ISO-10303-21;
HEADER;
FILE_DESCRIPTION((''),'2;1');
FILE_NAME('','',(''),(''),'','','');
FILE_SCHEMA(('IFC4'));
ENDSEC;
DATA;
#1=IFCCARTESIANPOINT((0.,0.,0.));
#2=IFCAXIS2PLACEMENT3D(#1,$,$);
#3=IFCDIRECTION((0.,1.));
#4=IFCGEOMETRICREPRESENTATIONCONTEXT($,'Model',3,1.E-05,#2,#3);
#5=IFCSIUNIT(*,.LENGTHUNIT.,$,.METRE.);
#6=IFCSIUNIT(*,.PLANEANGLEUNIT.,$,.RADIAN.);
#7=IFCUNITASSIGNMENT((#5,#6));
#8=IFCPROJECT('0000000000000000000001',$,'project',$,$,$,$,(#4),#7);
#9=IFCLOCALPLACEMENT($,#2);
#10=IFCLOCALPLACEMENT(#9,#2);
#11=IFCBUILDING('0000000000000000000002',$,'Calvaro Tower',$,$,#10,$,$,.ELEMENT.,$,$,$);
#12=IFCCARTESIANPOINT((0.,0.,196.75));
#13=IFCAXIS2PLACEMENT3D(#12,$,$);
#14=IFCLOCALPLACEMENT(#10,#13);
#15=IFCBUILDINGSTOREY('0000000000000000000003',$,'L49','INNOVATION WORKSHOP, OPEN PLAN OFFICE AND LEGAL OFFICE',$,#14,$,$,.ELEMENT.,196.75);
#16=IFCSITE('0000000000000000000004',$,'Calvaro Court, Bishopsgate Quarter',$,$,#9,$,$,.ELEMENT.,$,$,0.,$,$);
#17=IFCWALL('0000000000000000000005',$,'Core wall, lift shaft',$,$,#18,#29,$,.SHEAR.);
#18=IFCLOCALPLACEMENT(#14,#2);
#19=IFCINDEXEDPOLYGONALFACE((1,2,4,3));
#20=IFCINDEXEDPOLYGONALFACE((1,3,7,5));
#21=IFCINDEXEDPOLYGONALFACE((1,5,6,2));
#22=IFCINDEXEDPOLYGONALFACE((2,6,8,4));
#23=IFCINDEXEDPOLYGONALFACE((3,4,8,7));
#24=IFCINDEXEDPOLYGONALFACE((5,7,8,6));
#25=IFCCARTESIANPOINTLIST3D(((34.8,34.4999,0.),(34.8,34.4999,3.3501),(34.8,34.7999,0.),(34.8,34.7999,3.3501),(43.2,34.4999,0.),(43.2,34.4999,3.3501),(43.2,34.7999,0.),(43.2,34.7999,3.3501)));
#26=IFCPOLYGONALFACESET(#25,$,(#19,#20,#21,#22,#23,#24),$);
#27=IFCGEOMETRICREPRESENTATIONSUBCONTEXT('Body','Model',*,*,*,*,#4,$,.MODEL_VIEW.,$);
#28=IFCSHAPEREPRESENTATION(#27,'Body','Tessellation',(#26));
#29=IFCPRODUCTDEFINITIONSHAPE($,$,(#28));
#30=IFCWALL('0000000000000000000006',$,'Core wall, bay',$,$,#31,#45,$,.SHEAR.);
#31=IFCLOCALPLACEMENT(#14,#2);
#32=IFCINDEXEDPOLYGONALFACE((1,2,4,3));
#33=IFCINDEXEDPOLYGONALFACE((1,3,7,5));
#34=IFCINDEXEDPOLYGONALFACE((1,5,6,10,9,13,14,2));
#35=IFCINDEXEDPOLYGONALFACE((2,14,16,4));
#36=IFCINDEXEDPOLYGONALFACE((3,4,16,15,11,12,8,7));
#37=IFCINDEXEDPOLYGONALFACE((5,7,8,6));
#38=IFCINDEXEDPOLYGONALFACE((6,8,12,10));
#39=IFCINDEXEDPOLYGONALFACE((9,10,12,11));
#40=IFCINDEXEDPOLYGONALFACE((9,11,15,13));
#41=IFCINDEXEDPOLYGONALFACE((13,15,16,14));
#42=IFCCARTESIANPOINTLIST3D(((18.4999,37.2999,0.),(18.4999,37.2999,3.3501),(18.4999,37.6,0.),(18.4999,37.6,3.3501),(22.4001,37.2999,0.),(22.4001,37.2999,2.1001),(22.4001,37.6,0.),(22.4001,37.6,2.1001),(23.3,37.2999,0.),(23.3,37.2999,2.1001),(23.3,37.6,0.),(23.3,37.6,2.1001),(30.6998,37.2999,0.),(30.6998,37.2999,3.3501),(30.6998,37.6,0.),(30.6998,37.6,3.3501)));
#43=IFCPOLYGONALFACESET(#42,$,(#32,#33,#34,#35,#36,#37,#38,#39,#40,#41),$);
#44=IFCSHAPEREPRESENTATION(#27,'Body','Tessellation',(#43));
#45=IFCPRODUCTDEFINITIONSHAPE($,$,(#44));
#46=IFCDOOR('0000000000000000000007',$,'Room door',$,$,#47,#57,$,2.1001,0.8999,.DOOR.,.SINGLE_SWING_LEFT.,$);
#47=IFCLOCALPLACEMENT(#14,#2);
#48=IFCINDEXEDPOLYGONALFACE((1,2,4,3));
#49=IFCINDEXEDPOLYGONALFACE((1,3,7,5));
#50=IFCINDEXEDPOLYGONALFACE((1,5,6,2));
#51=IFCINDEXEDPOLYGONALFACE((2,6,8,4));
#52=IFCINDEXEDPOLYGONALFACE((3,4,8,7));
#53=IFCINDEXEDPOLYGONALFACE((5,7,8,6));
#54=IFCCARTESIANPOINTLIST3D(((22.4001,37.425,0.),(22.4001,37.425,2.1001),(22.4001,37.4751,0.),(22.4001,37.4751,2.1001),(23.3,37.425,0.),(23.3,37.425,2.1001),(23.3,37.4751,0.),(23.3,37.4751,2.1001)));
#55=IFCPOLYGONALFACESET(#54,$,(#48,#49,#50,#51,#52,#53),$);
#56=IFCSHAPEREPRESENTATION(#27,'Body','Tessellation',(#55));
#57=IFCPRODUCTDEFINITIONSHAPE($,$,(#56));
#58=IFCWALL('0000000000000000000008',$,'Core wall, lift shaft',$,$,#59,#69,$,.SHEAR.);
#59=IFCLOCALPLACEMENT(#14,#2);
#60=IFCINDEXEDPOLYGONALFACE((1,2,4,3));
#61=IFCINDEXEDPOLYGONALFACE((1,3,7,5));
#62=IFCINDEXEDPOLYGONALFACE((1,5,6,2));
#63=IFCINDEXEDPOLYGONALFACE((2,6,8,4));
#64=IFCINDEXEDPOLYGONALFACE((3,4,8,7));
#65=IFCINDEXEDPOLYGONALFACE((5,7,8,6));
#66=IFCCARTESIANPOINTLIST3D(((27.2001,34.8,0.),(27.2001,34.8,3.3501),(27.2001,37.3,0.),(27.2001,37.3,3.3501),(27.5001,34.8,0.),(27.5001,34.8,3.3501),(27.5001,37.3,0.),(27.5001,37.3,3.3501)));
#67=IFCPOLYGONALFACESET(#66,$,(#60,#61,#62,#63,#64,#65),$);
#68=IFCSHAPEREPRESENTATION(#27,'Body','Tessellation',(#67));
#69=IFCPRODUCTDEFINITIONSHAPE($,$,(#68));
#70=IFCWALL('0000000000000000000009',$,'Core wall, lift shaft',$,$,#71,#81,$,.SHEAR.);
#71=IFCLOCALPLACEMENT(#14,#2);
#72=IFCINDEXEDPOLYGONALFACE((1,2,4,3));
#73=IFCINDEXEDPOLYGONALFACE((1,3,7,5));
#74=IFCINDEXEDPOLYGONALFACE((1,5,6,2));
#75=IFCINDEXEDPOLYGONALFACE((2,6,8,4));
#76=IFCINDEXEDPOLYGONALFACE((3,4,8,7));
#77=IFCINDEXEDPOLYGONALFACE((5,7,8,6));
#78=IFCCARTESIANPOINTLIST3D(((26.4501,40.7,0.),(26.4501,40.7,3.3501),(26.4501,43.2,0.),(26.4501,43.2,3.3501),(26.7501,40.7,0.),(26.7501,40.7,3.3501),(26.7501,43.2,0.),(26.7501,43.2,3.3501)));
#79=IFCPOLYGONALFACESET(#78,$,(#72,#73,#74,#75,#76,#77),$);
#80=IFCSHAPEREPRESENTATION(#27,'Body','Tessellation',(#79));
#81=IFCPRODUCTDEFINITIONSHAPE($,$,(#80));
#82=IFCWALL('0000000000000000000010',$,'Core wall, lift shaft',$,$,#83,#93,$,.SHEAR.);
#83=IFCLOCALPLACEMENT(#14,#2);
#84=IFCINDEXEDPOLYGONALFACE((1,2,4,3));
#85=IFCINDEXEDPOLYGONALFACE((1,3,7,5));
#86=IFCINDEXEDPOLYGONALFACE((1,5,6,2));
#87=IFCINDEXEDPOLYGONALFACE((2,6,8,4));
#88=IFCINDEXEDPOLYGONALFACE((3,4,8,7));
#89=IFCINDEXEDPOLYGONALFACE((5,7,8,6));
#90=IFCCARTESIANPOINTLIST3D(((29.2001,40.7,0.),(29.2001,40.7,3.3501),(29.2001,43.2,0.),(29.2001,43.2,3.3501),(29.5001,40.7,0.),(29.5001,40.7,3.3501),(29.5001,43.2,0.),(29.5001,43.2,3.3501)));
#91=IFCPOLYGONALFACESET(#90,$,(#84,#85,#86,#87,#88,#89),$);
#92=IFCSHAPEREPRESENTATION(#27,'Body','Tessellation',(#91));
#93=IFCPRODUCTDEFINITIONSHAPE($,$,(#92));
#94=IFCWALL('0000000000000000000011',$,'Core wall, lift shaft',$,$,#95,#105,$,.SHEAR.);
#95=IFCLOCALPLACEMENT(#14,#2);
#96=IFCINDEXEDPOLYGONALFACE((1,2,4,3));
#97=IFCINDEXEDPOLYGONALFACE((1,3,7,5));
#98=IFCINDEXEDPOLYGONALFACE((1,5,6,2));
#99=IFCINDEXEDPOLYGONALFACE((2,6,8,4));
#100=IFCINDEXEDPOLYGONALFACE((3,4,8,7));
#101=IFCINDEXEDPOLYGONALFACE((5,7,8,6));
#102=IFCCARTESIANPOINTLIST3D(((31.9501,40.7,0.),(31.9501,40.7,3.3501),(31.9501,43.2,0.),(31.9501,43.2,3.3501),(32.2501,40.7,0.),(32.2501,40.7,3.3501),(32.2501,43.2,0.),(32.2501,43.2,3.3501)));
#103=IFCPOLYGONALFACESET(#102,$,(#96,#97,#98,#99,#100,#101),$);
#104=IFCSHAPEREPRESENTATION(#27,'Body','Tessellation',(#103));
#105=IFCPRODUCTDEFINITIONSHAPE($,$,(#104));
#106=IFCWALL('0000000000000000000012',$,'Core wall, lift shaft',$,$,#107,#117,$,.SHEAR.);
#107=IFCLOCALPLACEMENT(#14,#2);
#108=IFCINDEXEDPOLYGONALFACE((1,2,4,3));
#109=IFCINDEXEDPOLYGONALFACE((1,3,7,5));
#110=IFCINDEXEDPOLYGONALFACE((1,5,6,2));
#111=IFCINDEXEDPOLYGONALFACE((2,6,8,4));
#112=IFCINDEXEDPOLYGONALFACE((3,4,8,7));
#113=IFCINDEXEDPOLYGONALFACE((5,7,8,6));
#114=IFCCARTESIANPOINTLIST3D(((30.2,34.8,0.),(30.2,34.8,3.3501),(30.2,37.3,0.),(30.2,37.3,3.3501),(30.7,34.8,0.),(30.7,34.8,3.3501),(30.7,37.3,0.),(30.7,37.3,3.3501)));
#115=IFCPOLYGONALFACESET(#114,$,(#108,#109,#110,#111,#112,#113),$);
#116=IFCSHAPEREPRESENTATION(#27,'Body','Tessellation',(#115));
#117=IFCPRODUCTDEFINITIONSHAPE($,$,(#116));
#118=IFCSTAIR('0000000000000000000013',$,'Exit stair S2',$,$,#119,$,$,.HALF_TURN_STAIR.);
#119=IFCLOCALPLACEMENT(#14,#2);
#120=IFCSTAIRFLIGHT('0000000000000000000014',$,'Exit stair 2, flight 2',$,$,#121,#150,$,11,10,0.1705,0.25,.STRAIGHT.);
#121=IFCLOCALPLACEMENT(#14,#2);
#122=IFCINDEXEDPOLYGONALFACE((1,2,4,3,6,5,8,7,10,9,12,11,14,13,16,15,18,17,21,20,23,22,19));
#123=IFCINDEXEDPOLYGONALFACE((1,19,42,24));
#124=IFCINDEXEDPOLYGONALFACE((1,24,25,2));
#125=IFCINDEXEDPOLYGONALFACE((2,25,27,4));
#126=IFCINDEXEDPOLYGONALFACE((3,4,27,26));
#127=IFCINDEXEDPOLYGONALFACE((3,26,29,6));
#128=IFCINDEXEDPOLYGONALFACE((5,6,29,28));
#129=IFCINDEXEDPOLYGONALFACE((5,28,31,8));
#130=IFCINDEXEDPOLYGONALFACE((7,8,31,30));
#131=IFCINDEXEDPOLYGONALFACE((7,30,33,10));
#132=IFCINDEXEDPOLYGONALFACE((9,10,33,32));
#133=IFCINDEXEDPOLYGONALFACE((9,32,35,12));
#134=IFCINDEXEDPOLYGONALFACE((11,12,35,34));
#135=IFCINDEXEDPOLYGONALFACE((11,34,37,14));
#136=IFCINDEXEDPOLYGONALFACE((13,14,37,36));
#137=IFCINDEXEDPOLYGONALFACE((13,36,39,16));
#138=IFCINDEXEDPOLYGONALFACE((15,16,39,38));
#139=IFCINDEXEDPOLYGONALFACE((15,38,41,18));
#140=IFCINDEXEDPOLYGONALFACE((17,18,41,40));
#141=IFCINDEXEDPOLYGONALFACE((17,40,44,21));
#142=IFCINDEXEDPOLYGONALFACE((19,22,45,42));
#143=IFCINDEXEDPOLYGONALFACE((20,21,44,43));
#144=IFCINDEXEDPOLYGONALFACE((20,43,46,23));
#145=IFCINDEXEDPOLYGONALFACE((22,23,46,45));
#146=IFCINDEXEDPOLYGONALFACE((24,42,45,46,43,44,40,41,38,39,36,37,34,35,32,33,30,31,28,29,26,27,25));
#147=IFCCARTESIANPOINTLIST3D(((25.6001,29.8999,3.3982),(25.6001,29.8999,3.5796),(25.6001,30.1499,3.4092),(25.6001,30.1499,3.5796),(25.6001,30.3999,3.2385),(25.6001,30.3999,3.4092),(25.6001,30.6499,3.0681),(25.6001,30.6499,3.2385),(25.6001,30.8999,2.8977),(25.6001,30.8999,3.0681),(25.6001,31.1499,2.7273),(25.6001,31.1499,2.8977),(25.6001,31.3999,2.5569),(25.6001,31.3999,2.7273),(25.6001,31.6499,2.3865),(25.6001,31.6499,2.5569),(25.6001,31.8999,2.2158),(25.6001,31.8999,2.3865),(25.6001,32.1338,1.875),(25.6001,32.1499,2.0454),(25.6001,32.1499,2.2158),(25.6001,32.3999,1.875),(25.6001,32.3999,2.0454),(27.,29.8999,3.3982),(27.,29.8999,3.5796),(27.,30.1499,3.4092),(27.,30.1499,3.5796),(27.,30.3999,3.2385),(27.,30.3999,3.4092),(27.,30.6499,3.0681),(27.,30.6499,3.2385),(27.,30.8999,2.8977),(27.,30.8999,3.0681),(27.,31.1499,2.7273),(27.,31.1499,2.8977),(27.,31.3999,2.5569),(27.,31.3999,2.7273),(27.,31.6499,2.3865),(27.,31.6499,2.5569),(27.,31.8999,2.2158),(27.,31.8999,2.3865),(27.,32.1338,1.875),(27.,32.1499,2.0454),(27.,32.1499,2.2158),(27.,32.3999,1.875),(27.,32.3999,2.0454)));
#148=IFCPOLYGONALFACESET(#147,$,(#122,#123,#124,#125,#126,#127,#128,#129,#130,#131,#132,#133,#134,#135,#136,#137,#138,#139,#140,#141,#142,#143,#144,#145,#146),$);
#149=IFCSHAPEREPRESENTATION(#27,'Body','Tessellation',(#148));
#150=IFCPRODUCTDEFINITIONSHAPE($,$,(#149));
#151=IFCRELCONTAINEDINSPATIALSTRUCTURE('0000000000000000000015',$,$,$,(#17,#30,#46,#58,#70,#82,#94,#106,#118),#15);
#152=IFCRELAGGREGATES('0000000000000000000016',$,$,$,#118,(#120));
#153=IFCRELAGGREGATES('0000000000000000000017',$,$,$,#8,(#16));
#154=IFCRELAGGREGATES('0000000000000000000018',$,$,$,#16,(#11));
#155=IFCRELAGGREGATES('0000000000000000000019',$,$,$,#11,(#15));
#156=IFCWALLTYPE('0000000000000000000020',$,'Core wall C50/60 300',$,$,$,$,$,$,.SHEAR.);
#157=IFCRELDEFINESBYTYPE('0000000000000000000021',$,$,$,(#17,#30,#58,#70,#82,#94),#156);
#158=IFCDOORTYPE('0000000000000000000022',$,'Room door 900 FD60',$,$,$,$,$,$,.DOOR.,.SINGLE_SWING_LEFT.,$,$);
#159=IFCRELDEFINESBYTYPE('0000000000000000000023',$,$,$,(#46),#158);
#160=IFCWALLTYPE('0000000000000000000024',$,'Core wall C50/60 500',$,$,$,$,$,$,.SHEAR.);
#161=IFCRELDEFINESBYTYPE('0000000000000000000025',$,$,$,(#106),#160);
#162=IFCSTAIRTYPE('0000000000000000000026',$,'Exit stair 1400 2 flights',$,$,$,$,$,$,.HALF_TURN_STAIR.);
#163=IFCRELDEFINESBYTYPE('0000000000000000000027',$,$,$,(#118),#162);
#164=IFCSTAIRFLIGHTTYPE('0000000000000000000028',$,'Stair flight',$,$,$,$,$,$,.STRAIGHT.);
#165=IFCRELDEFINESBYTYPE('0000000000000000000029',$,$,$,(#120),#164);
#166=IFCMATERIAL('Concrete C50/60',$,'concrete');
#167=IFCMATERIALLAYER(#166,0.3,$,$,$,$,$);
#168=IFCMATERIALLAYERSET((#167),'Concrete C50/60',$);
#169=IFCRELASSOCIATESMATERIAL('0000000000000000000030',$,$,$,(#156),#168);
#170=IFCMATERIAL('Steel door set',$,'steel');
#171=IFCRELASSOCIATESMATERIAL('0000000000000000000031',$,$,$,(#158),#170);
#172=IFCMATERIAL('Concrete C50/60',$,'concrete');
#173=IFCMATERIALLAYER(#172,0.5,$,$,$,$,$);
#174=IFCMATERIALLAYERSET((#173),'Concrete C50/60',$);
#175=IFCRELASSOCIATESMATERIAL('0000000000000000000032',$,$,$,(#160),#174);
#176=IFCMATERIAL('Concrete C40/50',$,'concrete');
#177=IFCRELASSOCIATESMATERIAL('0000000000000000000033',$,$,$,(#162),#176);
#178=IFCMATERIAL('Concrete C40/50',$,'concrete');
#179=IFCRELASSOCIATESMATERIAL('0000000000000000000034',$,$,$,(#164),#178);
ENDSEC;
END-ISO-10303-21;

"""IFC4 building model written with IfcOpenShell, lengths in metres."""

from ifc_helpers import new_model, si_unit, direction, frame, frame_2d, origin, place, context, subcontext, project, spatial, polyline, rectangle, outline, extrude, material, layer, layer_set, type_object, element, fill, aggregate, save


model = new_model("IFC4")

# Units and contexts
model_context = context("Model", 3, precision=1e-05, world=origin(), true_north=direction((0.0, 1.0)))
body_context = subcontext(model_context, "Body", "Model", "MODEL_VIEW")
ifc_project = project(units=[si_unit("LENGTHUNIT", "METRE"), si_unit("PLANEANGLEUNIT", "RADIAN")], contexts=[model_context])

# Site, building, storey
site_placement = place(None, origin())
site = spatial("IfcSite", under=ifc_project, at=site_placement, Name="Calvaro Court, Bishopsgate Quarter", CompositionType="ELEMENT", RefElevation=0.0)
building_placement = place(site_placement, origin())
building = spatial("IfcBuilding", under=site, at=building_placement, Name="Calvaro Tower", CompositionType="ELEMENT")
storey_placement = place(building_placement, frame((0.0, 0.0, 196.75)))
storey = spatial("IfcBuildingStorey", under=building, at=storey_placement, Name="L49", Description="INNOVATION WORKSHOP, OPEN PLAN OFFICE AND LEGAL OFFICE", CompositionType="ELEMENT", Elevation=196.75)

# Wall
ifc_material_1 = material(Name="Concrete C50/60", Category="concrete")
ifc_layer_1 = layer(ifc_material_1, 0.3)
ifc_layer_set_1 = layer_set([ifc_layer_1], Name="Concrete C50/60")
wall_type_1 = type_object("IfcWallType", Name="Core wall C50/60 300", PredefinedType="SHEAR", material=ifc_layer_set_1)
wall_1_placement = place(storey_placement, frame((34.8, 34.6499, 0.0), z_axis=(0.0, 0.0, 1.0), x_axis=(1.0, 0.0, 0.0)))
element("IfcWall", 1, at=wall_1_placement, inside=storey, type_object=wall_type_1, Name="Core wall, lift shaft", PredefinedType="SHEAR", context=body_context, shape_type="SweptSolid", body=[
    extrude(rectangle(XDim=8.3999, YDim=0.3, at=frame_2d((4.2, 0.0))), origin(), (0.0, 0.0, 1.0), 3.3501),
])

# Wall, opening, door
wall_2_placement = place(storey_placement, frame((30.7, 37.45, 0.0), z_axis=(0.0, 0.0, 1.0), x_axis=(-1.0, 0.0, 0.0)))
wall_2 = element("IfcWall", 2, at=wall_2_placement, inside=storey, type_object=wall_type_1, Name="Core wall, bay", PredefinedType="SHEAR", context=body_context, shape_type="SweptSolid", body=[
    extrude(rectangle(XDim=12.2, YDim=0.3, at=frame_2d((6.1001, 0.0))), origin(), (0.0, 0.0, 1.0), 3.3501),
])
opening_placement = place(wall_2_placement, frame((7.3999, 0.0, 0.0)))
opening = element("IfcOpeningElement", 3, at=opening_placement, cuts=wall_2, PredefinedType="OPENING", context=body_context, shape_type="SweptSolid", body=[
    extrude(rectangle(XDim=0.8999, YDim=2.1001, at=frame_2d((0.45, 1.05))), frame((0.0, 0.1599, 0.0), z_axis=(0.0, -1.0, 0.0), x_axis=(1.0, 0.0, 0.0)), (0.0, 0.0, 1.0), 0.3201),
])
ifc_material_2 = material(Name="Steel door set", Category="steel")
door_type = type_object("IfcDoorType", Name="Room door 900 FD60", OperationType="SINGLE_SWING_LEFT", PredefinedType="DOOR", material=ifc_material_2)
door_placement = place(opening_placement, origin())
door = element("IfcDoor", 4, at=door_placement, inside=storey, type_object=door_type, Name="Room door", OperationType="SINGLE_SWING_LEFT", OverallHeight=2.1001, OverallWidth=0.8999, PredefinedType="DOOR", context=body_context, shape_type="SweptSolid", body=[
    extrude(rectangle(XDim=0.8999, YDim=2.1001, at=frame_2d((0.45, 1.05))), frame((0.0, 0.0249, 0.0), z_axis=(0.0, -1.0, 0.0), x_axis=(1.0, 0.0, 0.0)), (0.0, 0.0, 1.0), 0.05),
])
fill(opening, door)

# Walls
for number, where, z_axis, x_axis, name in (
    (5, (27.3501, 34.8, 0.0), (0.0, 0.0, 1.0), (0.0, 1.0, 0.0), "Core wall, lift shaft"),
    (6, (26.6001, 40.7, 0.0), (0.0, 0.0, 1.0), (0.0, 1.0, 0.0), "Core wall, lift shaft"),
    (7, (29.3501, 40.7, 0.0), (0.0, 0.0, 1.0), (0.0, 1.0, 0.0), "Core wall, lift shaft"),
    (8, (32.1001, 40.7, 0.0), (0.0, 0.0, 1.0), (0.0, 1.0, 0.0), "Core wall, lift shaft"),
):
    element("IfcWall", number, at=place(storey_placement, frame(where, z_axis=z_axis, x_axis=x_axis)), inside=storey, type_object=wall_type_1, Name=name, PredefinedType="SHEAR", context=body_context, shape_type="SweptSolid", body=[
        extrude(rectangle(XDim=2.5, YDim=0.3, at=frame_2d((1.25, 0.0))), origin(), (0.0, 0.0, 1.0), 3.3501),
    ])
ifc_material_3 = material(Name="Concrete C50/60", Category="concrete")
ifc_layer_2 = layer(ifc_material_3, 0.5)
ifc_layer_set_2 = layer_set([ifc_layer_2], Name="Concrete C50/60")
wall_type_2 = type_object("IfcWallType", Name="Core wall C50/60 500", PredefinedType="SHEAR", material=ifc_layer_set_2)
wall_3_placement = place(storey_placement, frame((30.45, 34.8, 0.0), z_axis=(0.0, 0.0, 1.0), x_axis=(0.0, 1.0, 0.0)))
element("IfcWall", 9, at=wall_3_placement, inside=storey, type_object=wall_type_2, Name="Core wall, lift shaft", PredefinedType="SHEAR", context=body_context, shape_type="SweptSolid", body=[
    extrude(rectangle(XDim=2.5, YDim=0.5, at=frame_2d((1.25, 0.0))), origin(), (0.0, 0.0, 1.0), 3.3501),
])

# Stair, stair flight
ifc_material_4 = material(Name="Concrete C40/50", Category="concrete")
stair_type = type_object("IfcStairType", Name="Exit stair 1400 2 flights", PredefinedType="HALF_TURN_STAIR", material=ifc_material_4)
stair_placement = place(storey_placement, origin())
stair = element("IfcStair", 10, at=stair_placement, inside=storey, type_object=stair_type, Name="Exit stair S2", PredefinedType="HALF_TURN_STAIR")
ifc_material_5 = material(Name="Concrete C40/50", Category="concrete")
stair_flight_type = type_object("IfcStairFlightType", Name="Stair flight", PredefinedType="STRAIGHT", material=ifc_material_5)
stair_flight_placement = place(storey_placement, frame((26.3, 32.3999, 1.875), z_axis=(0.0, 0.0, 1.0), x_axis=(0.0, -1.0, 0.0)))
stair_flight = element("IfcStairFlight", 11, at=stair_flight_placement, type_object=stair_flight_type, Name="Exit stair 2, flight 2", NumberOfRisers=11, NumberOfTreads=10, PredefinedType="STRAIGHT", RiserHeight=0.1705, TreadLength=0.25, context=body_context, shape_type="SweptSolid", body=[
    extrude(outline(polyline([(0.0, 0.0), (0.0, 0.1704), (0.25, 0.1704), (0.25, 0.3408), (0.5, 0.3408), (0.5, 0.5115), (0.75, 0.5115), (0.75, 0.6819), (1.0, 0.6819), (1.0, 0.8523), (1.25, 0.8523), (1.25, 1.0227), (1.5, 1.0227), (1.5, 1.1931), (1.75, 1.1931), (1.75, 1.3635), (2.0, 1.3635), (2.0, 1.5342), (2.25, 1.5342), (2.25, 1.7046), (2.5, 1.7046), (2.5, 1.875), (2.5, 1.5232), (0.2661, 0.0), (0.0, 0.0)])), frame((0.0, 0.7, 0.0), z_axis=(0.0, -1.0, 0.0), x_axis=(1.0, 0.0, 0.0)), (0.0, 0.0, 1.0), 1.3999),
])
aggregate(stair, [stair_flight])

save(model, "model.ifc")
